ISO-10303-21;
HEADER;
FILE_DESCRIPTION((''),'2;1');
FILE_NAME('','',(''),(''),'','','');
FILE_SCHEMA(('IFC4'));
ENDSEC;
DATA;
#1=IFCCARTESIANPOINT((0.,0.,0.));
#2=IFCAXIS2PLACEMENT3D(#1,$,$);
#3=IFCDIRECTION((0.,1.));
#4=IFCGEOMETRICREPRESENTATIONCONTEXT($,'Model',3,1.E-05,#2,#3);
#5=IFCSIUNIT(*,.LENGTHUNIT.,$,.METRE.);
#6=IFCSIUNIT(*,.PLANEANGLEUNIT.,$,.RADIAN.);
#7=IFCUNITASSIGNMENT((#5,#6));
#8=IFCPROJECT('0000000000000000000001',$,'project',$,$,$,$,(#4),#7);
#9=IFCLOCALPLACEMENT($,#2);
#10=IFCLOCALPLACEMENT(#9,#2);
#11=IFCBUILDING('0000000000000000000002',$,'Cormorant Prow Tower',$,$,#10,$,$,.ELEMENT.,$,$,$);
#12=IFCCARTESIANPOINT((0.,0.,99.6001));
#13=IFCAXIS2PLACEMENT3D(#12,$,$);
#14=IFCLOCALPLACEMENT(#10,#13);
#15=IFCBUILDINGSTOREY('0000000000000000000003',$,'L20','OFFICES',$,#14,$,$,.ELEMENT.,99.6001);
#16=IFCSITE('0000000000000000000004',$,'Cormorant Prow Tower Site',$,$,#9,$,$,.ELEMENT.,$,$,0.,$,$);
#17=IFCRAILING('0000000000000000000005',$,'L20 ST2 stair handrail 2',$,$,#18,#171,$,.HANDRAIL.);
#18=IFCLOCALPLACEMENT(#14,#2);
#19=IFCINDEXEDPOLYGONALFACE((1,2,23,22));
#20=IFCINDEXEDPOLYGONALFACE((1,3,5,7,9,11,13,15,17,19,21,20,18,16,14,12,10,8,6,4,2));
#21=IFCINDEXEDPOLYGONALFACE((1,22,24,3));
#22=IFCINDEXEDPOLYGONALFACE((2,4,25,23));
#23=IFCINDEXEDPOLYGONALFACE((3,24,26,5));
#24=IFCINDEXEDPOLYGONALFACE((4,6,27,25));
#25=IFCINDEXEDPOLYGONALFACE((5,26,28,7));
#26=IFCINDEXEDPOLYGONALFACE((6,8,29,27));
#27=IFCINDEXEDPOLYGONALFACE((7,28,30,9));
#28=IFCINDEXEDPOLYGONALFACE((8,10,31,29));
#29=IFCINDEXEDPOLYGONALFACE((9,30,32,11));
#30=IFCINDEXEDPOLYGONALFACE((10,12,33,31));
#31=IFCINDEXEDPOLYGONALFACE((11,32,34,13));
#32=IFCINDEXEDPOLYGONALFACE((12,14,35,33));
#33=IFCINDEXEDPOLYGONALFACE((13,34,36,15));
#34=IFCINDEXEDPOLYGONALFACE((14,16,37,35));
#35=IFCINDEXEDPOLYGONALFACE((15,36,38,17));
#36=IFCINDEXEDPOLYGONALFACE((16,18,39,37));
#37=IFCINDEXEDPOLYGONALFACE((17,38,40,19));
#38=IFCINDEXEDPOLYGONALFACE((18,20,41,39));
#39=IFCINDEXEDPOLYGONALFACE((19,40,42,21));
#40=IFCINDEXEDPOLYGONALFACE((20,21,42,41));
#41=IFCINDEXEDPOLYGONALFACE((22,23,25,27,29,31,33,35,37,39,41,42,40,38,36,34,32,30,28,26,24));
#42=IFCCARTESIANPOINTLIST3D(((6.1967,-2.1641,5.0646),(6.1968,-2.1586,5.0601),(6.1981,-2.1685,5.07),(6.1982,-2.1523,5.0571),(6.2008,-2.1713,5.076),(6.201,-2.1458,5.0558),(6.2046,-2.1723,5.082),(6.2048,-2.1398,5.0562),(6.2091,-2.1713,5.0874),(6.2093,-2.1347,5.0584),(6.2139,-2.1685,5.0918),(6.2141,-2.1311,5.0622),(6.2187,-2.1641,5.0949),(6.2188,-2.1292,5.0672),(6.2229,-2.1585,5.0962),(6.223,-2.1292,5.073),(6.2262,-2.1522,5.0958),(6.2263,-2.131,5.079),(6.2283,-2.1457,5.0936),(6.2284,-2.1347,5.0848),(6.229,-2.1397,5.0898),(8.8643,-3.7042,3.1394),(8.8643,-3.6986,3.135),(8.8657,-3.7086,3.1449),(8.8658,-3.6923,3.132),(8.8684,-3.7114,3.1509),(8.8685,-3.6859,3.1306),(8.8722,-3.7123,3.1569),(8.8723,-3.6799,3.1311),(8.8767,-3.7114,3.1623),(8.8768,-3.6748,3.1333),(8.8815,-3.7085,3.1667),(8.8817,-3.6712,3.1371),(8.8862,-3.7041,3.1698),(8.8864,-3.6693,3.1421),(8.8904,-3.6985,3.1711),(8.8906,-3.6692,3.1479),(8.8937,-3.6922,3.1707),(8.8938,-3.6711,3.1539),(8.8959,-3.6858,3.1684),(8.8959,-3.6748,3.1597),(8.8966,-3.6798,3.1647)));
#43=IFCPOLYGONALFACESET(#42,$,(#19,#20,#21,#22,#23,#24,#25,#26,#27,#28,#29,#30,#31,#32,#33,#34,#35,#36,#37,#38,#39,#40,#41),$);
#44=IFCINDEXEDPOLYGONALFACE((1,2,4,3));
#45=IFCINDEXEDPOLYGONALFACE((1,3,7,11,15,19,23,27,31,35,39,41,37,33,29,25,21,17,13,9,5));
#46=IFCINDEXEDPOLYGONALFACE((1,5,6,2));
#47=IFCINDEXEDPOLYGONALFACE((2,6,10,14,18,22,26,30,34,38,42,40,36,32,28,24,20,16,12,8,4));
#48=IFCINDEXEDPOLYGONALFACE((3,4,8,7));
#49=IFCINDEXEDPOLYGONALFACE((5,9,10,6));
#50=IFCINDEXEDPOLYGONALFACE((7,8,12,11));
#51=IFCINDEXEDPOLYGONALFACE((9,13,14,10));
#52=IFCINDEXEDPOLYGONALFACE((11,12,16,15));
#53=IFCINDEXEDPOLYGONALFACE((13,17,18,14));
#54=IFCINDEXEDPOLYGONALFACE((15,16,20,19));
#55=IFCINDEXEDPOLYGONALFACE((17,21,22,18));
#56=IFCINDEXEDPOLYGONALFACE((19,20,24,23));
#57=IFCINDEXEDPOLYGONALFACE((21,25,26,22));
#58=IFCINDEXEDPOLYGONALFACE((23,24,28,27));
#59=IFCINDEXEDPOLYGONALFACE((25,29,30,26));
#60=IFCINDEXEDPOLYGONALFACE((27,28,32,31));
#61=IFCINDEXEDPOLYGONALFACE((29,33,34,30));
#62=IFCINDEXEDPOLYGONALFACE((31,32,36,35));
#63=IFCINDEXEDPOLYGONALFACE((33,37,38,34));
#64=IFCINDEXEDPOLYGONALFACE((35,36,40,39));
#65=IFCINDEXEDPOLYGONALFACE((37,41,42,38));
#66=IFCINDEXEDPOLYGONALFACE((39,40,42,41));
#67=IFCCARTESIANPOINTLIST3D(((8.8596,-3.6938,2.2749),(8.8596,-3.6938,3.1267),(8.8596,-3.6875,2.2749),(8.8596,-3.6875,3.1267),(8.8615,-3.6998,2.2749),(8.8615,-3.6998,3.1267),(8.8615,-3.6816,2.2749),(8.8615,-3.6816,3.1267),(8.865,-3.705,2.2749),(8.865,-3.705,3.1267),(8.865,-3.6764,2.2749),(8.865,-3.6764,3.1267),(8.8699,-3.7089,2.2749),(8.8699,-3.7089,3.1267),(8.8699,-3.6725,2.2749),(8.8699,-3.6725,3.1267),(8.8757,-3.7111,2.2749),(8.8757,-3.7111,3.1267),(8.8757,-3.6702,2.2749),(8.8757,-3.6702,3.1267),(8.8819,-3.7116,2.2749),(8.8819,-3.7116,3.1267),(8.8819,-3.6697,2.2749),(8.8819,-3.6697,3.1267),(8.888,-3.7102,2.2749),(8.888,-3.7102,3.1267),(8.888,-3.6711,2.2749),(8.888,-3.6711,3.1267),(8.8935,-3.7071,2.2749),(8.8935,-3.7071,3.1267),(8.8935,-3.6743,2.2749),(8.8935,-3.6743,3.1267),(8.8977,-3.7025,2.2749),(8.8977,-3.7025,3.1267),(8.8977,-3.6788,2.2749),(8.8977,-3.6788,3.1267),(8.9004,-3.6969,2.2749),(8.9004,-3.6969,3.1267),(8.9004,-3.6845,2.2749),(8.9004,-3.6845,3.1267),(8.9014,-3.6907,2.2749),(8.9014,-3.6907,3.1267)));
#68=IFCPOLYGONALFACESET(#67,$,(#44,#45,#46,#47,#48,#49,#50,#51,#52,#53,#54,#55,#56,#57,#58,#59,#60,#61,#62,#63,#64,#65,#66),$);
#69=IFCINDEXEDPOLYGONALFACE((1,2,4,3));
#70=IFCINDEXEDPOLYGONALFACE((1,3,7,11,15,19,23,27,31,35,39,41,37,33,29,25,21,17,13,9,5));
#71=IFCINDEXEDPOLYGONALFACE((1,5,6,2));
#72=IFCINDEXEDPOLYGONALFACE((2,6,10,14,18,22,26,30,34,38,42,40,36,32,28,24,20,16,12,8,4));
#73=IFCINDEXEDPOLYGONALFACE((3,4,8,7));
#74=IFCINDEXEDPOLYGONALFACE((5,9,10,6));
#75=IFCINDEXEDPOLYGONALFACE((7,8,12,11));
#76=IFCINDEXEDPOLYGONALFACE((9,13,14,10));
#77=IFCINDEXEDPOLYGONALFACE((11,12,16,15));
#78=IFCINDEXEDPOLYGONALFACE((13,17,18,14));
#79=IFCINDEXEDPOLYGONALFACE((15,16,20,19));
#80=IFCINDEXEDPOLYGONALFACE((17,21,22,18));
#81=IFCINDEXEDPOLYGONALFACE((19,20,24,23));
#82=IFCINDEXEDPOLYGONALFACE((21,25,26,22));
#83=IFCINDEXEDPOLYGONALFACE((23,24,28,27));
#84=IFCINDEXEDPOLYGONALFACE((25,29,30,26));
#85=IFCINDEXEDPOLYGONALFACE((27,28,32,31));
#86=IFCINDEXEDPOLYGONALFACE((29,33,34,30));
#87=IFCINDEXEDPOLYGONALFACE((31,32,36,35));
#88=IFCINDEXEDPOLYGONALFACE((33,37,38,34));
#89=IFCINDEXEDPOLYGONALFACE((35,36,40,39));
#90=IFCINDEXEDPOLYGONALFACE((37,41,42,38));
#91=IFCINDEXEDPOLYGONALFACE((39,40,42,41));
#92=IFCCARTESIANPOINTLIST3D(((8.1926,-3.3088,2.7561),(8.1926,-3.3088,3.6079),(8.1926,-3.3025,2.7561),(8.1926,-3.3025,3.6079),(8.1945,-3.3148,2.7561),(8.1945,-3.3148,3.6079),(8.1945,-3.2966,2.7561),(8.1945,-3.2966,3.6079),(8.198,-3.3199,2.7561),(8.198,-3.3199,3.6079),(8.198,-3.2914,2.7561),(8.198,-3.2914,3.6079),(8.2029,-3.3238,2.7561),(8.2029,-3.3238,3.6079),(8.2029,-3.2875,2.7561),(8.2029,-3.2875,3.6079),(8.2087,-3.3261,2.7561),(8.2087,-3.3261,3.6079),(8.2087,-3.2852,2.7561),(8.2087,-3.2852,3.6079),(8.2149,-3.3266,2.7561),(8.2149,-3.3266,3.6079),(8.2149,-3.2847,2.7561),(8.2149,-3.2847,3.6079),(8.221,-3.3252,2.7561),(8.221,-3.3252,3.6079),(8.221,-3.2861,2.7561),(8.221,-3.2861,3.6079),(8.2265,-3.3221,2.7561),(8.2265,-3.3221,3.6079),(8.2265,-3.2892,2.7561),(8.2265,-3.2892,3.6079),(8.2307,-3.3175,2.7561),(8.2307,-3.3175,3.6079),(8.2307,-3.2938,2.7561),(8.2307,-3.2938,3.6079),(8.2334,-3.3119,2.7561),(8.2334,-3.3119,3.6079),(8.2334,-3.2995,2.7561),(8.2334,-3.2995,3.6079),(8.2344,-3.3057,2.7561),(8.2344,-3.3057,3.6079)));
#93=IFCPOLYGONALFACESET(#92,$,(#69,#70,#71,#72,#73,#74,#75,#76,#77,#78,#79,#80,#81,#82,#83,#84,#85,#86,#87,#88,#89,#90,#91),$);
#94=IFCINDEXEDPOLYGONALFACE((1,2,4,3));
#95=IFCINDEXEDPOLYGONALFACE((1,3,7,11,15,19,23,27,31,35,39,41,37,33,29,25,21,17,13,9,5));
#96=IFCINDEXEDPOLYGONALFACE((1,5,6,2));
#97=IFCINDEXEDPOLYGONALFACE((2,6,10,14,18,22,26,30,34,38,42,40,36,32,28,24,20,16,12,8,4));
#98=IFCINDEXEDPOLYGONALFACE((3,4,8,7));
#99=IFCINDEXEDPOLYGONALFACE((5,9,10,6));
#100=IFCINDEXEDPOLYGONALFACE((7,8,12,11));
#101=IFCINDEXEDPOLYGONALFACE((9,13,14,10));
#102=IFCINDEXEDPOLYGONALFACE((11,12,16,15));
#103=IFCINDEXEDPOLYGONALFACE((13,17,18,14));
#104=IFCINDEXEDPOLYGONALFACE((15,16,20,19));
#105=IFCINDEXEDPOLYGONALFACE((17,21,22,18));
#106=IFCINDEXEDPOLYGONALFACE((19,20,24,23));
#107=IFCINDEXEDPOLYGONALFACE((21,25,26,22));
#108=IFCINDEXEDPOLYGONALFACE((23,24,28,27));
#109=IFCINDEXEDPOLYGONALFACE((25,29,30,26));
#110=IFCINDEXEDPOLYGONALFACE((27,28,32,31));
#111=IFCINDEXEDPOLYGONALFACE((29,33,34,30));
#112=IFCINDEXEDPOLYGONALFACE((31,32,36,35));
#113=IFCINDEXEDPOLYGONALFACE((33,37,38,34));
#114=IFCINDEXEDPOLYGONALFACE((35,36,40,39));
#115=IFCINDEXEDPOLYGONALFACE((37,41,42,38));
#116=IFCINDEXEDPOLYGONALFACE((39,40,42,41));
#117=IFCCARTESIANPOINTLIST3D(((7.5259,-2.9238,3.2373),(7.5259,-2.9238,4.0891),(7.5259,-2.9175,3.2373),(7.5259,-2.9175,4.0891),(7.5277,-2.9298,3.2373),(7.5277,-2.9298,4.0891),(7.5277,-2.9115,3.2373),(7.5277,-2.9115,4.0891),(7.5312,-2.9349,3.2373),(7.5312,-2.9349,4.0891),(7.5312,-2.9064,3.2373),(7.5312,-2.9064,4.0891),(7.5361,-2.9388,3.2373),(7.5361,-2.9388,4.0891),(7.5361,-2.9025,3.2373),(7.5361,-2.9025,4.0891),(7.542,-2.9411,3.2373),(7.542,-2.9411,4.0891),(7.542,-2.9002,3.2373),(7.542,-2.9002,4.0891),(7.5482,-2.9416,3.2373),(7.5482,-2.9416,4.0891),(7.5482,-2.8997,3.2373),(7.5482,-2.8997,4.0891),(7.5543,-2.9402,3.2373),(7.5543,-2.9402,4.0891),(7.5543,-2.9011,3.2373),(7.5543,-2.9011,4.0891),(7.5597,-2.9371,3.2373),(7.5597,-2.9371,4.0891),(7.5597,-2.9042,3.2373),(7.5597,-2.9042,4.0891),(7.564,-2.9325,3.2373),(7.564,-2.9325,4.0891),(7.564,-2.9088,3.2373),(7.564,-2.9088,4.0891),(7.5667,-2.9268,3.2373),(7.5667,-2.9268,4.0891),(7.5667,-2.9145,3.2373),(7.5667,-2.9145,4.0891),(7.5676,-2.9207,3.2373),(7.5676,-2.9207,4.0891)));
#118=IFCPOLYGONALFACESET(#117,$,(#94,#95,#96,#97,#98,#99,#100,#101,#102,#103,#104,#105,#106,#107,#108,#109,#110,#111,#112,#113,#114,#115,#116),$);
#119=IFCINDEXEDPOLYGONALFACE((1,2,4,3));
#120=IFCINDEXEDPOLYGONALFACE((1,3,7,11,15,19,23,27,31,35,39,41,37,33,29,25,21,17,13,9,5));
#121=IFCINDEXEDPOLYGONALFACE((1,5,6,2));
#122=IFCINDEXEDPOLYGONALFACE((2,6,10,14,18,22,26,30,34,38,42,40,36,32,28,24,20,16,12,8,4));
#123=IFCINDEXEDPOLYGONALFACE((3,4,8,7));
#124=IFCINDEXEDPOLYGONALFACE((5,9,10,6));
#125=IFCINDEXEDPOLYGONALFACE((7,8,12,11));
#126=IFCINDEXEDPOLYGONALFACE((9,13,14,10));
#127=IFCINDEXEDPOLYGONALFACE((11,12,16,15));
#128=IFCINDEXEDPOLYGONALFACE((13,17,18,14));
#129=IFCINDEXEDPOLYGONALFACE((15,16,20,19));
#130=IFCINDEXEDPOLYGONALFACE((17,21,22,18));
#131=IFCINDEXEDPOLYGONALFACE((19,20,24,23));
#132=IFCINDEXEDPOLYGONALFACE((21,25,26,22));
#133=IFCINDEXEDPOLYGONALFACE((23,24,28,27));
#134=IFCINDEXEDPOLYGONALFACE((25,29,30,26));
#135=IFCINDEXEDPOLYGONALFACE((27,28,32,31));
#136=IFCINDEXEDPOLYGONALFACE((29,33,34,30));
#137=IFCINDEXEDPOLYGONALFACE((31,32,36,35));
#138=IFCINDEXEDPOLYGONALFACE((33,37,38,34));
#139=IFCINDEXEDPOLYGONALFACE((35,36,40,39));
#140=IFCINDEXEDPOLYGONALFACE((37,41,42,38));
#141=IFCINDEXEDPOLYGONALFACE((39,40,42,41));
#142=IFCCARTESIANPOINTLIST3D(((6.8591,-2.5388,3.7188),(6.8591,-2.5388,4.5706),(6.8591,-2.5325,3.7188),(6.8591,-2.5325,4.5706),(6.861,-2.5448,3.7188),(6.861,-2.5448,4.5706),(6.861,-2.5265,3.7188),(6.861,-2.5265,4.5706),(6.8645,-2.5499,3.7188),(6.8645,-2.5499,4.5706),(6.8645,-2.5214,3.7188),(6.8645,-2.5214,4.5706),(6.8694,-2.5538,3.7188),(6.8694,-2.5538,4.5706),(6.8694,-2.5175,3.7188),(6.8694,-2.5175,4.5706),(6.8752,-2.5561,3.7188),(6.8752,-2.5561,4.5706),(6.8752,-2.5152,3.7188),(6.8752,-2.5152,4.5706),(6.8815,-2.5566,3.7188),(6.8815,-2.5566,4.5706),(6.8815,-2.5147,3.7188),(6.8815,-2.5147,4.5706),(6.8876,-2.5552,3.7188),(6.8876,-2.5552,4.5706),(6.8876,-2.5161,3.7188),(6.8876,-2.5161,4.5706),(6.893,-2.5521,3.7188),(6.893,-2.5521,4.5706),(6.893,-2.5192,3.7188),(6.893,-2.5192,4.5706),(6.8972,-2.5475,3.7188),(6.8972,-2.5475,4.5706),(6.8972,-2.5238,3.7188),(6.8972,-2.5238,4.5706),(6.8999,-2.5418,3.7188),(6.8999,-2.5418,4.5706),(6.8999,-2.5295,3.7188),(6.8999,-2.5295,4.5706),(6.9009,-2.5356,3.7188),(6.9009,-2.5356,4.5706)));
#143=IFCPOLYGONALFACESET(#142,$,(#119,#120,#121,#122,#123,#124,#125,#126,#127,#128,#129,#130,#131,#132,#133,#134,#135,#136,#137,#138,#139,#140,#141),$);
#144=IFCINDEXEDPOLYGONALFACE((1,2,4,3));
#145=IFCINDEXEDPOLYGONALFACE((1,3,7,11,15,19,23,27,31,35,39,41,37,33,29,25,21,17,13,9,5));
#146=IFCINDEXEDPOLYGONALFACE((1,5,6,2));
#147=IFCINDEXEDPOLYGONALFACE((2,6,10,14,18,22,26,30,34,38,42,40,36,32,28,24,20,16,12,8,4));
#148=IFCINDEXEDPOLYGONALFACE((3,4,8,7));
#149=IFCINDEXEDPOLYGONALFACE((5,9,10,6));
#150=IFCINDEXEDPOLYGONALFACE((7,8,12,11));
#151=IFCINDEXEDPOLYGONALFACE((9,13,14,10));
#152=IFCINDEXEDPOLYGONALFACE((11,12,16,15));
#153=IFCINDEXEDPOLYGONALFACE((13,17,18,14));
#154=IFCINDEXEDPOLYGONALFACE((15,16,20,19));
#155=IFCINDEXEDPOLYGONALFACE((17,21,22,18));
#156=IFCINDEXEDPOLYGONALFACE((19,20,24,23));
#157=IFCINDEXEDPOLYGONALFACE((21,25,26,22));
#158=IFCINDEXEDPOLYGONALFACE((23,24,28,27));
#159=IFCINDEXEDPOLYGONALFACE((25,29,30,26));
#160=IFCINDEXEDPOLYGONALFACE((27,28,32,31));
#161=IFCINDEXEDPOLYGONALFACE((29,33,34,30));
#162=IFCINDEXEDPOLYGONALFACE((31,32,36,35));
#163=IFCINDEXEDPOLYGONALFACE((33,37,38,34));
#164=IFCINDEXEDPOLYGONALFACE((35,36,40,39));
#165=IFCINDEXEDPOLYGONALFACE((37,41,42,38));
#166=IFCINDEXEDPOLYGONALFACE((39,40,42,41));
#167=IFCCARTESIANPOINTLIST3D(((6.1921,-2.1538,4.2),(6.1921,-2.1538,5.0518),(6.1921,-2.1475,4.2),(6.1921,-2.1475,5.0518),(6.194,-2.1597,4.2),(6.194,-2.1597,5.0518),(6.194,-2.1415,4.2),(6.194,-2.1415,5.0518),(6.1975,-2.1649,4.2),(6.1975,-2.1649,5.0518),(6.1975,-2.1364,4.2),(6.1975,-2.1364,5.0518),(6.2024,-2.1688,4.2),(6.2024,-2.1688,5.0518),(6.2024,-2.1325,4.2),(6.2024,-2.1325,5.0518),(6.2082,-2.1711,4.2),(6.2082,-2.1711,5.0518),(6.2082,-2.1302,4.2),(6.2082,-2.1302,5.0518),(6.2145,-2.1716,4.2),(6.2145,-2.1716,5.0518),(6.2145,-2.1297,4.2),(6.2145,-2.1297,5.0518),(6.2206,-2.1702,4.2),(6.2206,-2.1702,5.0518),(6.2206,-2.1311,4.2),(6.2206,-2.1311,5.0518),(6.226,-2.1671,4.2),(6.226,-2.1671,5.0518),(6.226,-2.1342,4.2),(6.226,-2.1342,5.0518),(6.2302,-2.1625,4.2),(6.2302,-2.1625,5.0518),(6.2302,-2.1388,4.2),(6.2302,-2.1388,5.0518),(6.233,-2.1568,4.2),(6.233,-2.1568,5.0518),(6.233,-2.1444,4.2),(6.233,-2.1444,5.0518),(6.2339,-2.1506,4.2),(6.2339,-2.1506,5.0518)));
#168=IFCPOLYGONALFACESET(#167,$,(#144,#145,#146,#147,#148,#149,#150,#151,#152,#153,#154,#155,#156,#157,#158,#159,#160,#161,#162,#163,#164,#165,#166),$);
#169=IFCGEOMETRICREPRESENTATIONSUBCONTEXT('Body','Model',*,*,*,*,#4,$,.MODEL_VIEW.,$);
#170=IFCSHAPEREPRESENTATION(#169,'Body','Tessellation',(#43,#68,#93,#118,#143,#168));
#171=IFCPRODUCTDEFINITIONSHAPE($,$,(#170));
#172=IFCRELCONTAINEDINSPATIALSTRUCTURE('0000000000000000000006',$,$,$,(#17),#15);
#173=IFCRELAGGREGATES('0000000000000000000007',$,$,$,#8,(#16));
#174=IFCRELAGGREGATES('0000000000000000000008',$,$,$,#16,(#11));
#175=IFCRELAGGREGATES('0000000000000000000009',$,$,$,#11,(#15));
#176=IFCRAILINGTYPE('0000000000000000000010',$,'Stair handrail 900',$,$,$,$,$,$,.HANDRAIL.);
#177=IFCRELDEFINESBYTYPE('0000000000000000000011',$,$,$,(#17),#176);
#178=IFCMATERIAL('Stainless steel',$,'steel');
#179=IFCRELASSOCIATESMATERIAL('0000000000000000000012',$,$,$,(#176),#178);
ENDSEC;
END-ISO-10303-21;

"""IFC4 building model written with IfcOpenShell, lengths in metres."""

from ifc_helpers import new_model, si_unit, direction, frame, origin, origin_2d, place, context, subcontext, project, spatial, circle, extrude, material, type_object, element, save


model = new_model("IFC4")

# Units and contexts
model_context = context("Model", 3, precision=1e-05, world=origin(), true_north=direction((0.0, 1.0)))
body_context = subcontext(model_context, "Body", "Model", "MODEL_VIEW")
ifc_project = project(units=[si_unit("LENGTHUNIT", "METRE"), si_unit("PLANEANGLEUNIT", "RADIAN")], contexts=[model_context])

# Site, building, storey
site_placement = place(None, origin())
site = spatial("IfcSite", under=ifc_project, at=site_placement, Name="Cormorant Prow Tower Site", CompositionType="ELEMENT", RefElevation=0.0)
building_placement = place(site_placement, origin())
building = spatial("IfcBuilding", under=site, at=building_placement, Name="Cormorant Prow Tower", CompositionType="ELEMENT")
storey_placement = place(building_placement, frame((0.0, 0.0, 99.6001)))
storey = spatial("IfcBuildingStorey", under=building, at=storey_placement, Name="L20", Description="OFFICES", CompositionType="ELEMENT", Elevation=99.6001)

# Railing
ifc_material_1 = material(Name="Stainless steel", Category="steel")
railing_type_1 = type_object("IfcRailingType", Name="Stair handrail 900", PredefinedType="HANDRAIL", material=ifc_material_1)
railing_1_placement = place(storey_placement, frame((8.8804, -3.6907, 2.2749)))
element("IfcRailing", 1, at=railing_1_placement, inside=storey, type_object=railing_type_1, Name="L20 ST2 stair handrail 2", PredefinedType="HANDRAIL", context=body_context, shape_type="SweptSolid", body=[
    extrude(circle(Radius=0.0239, at=origin_2d()), frame((0.0, 0.0, 0.876), z_axis=(-0.734395, 0.423994, 0.529993), x_axis=(-0.499992, -0.86603, 0.0)), (0.0, 0.0, 1.0), 3.6323),
    extrude(circle(Radius=0.021, at=origin_2d()), origin(), (0.0, 0.0, 1.0), 0.8518),
    extrude(circle(Radius=0.021, at=origin_2d()), frame((-0.667, 0.385, 0.4812)), (0.0, 0.0, 1.0), 0.8518),
    extrude(circle(Radius=0.021, at=origin_2d()), frame((-1.3337, 0.77, 0.9624)), (0.0, 0.0, 1.0), 0.8518),
    extrude(circle(Radius=0.021, at=origin_2d()), frame((-2.0005, 1.155, 1.4438)), (0.0, 0.0, 1.0), 0.8518),
    extrude(circle(Radius=0.021, at=origin_2d()), frame((-2.6675, 1.54, 1.925)), (0.0, 0.0, 1.0), 0.8518),
])

save(model, "model.ifc")
